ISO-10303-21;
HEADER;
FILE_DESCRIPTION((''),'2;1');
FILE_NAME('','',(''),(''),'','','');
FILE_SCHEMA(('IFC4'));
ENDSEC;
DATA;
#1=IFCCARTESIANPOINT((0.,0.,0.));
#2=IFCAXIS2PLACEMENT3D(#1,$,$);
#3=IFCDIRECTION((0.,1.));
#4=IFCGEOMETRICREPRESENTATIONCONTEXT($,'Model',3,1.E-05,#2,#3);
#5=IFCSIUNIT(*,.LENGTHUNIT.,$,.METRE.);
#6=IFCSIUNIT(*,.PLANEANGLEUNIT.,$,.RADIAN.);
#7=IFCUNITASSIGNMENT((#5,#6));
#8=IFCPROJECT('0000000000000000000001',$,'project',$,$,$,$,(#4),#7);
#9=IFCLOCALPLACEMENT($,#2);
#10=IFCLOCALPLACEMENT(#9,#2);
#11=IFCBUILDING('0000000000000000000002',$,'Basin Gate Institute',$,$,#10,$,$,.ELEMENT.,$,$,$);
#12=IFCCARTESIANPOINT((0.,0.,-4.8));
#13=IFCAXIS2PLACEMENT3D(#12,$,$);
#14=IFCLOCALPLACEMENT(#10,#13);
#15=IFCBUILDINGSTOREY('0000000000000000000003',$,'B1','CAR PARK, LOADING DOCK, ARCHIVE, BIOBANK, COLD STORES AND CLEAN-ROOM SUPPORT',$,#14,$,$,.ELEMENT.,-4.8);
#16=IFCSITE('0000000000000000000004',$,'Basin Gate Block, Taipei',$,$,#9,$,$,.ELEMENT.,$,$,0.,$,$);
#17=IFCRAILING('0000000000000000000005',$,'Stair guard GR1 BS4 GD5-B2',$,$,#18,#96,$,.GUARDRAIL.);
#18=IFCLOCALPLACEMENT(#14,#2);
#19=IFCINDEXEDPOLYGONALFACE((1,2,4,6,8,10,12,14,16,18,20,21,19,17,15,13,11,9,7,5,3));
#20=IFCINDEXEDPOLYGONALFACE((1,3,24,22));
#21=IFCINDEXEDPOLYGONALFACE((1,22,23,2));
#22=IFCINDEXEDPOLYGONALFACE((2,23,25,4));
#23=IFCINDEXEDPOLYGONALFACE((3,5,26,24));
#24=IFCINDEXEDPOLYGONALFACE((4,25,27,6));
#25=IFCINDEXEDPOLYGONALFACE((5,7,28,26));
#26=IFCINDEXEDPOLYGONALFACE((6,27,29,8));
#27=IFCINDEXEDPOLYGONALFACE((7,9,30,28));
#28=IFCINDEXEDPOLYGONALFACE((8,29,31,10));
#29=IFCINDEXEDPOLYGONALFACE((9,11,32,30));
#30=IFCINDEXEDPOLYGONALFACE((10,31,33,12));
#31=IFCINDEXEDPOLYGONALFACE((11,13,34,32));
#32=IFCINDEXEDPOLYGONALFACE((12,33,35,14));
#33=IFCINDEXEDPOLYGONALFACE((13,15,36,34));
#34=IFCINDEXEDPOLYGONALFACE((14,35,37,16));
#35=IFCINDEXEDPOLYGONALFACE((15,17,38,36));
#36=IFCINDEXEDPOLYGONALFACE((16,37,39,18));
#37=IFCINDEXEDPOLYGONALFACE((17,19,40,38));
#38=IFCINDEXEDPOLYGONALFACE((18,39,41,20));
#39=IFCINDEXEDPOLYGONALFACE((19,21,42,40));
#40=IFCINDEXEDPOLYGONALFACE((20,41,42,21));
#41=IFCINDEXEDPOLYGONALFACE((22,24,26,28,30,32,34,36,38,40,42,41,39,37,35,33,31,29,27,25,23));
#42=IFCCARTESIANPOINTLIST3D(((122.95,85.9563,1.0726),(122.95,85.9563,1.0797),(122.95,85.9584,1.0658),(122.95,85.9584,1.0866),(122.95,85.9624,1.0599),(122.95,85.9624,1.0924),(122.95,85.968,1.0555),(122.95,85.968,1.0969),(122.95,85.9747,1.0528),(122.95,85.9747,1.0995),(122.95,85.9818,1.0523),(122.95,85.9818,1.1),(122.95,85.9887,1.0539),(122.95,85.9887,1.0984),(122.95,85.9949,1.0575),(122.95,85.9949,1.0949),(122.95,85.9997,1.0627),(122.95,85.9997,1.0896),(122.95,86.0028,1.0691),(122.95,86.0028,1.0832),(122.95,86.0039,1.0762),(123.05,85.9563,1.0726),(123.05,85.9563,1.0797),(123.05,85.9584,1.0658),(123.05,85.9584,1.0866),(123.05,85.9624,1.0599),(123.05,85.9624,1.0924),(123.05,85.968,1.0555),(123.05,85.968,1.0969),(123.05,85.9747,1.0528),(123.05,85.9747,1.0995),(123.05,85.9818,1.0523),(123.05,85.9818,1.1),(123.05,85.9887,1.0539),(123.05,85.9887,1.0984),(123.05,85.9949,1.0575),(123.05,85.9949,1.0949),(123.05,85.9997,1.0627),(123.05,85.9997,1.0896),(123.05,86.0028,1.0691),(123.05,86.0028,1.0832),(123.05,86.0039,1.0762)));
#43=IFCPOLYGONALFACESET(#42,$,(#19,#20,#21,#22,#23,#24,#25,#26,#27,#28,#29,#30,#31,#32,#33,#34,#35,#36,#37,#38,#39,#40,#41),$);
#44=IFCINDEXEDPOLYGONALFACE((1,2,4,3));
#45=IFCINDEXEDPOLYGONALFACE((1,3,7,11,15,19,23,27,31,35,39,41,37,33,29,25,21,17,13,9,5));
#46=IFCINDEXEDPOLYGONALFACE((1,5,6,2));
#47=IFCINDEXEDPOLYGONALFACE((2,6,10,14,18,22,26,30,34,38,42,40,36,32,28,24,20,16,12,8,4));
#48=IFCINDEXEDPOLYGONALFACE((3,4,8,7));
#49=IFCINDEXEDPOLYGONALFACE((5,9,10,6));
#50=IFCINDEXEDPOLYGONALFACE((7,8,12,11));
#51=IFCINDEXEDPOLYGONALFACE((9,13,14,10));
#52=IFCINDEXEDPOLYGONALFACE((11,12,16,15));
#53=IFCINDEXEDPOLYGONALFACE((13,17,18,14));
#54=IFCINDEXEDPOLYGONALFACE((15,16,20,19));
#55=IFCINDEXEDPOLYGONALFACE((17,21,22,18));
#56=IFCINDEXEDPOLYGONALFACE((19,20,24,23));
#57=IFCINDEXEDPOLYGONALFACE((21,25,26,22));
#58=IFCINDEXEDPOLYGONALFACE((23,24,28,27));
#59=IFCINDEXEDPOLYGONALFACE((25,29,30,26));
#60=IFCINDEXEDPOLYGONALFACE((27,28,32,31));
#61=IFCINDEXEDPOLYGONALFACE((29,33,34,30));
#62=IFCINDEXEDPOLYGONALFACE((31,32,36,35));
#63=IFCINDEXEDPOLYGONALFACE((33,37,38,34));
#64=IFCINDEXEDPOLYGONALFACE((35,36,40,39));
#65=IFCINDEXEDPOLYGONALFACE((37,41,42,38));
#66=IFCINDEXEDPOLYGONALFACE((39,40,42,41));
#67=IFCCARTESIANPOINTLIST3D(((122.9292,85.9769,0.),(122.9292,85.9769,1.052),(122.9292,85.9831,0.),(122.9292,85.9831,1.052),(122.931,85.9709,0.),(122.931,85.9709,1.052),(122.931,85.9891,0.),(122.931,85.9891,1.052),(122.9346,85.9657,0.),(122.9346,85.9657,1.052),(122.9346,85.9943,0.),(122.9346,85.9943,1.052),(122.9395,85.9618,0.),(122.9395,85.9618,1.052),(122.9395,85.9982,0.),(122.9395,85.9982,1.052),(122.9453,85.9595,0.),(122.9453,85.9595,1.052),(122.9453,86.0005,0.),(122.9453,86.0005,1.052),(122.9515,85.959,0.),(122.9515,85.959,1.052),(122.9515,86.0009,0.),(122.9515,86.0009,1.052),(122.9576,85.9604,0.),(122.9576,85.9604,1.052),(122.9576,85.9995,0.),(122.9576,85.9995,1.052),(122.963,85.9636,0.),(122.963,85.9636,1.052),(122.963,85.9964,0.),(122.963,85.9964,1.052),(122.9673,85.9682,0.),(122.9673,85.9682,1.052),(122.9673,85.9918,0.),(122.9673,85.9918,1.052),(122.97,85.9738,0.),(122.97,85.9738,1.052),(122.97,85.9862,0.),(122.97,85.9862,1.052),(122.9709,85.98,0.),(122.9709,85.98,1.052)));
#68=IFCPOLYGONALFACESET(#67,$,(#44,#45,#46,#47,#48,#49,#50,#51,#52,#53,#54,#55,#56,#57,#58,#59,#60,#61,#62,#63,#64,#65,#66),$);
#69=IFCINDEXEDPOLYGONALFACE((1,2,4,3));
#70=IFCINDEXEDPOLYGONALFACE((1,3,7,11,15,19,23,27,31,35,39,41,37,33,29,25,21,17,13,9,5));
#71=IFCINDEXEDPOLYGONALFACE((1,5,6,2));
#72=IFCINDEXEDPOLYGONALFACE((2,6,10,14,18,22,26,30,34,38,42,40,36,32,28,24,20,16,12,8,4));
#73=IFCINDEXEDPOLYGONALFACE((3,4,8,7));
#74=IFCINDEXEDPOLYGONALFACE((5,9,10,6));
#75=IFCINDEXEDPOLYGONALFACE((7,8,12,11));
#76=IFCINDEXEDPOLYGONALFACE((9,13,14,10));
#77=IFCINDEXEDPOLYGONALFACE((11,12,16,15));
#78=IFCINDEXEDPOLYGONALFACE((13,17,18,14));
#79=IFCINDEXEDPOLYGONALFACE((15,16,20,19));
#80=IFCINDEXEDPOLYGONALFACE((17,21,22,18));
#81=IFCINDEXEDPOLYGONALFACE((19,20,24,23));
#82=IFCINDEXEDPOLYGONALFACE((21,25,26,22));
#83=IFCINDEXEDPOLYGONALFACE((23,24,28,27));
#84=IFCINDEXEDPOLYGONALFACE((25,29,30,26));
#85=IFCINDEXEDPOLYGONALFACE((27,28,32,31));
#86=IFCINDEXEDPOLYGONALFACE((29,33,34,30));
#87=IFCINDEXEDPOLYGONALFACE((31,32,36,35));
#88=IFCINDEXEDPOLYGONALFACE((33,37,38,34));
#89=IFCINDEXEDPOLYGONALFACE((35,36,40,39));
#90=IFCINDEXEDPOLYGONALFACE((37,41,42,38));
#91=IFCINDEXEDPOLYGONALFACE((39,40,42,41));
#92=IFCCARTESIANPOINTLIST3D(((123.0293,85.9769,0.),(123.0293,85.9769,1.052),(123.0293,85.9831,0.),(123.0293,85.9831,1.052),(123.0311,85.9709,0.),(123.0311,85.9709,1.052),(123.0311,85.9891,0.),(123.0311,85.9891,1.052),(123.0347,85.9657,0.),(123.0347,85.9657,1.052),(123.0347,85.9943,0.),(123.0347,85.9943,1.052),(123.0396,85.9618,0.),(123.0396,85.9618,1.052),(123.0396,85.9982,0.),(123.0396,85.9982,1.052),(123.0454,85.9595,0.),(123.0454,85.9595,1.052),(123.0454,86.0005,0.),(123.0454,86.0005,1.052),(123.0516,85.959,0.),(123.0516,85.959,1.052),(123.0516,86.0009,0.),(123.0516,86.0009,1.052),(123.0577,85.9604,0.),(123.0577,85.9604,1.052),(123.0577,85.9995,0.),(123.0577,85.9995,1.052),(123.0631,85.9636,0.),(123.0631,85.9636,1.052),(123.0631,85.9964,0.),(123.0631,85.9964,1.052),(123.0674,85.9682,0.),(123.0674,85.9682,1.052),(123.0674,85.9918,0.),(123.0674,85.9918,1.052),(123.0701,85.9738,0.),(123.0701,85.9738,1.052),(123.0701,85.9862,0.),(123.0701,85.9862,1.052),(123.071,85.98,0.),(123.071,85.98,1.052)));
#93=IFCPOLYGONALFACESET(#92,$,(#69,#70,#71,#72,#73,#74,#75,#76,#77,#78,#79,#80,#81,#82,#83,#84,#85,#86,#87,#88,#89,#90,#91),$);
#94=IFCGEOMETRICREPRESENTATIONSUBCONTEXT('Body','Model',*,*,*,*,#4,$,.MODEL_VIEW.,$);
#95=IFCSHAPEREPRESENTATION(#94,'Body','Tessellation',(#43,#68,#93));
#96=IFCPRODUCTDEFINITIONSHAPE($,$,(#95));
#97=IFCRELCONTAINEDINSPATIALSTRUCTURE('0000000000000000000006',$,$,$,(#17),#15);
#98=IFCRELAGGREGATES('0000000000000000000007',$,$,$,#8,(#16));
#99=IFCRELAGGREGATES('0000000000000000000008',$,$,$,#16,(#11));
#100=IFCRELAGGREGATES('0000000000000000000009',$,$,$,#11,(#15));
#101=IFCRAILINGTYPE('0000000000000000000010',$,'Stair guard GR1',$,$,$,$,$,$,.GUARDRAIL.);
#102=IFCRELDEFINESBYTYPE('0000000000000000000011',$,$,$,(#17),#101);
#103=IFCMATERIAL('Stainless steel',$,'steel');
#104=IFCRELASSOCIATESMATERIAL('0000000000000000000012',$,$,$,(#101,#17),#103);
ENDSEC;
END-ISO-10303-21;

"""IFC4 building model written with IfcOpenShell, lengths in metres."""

from ifc_helpers import new_model, si_unit, direction, frame, origin, origin_2d, place, context, subcontext, project, spatial, circle, extrude, material, type_object, element, save


model = new_model("IFC4")

# Units and contexts
model_context = context("Model", 3, precision=1e-05, world=origin(), true_north=direction((0.0, 1.0)))
body_context = subcontext(model_context, "Body", "Model", "MODEL_VIEW")
ifc_project = project(units=[si_unit("LENGTHUNIT", "METRE"), si_unit("PLANEANGLEUNIT", "RADIAN")], contexts=[model_context])

# Site, building, storey
site_placement = place(None, origin())
site = spatial("IfcSite", under=ifc_project, at=site_placement, Name="Basin Gate Block, Taipei", CompositionType="ELEMENT", RefElevation=0.0)
building_placement = place(site_placement, origin())
building = spatial("IfcBuilding", under=site, at=building_placement, Name="Basin Gate Institute", CompositionType="ELEMENT")
storey_placement = place(building_placement, frame((0.0, 0.0, -4.8)))
storey = spatial("IfcBuildingStorey", under=building, at=storey_placement, Name="B1", Description="CAR PARK, LOADING DOCK, ARCHIVE, BIOBANK, COLD STORES AND CLEAN-ROOM SUPPORT", CompositionType="ELEMENT", Elevation=-4.8)

# Railing
ifc_material_1 = material(Name="Stainless steel", Category="steel")
railing_type_1 = type_object("IfcRailingType", Name="Stair guard GR1", PredefinedType="GUARDRAIL", material=ifc_material_1)
railing_1_placement = place(storey_placement, frame((122.95, 85.98, 0.0)))
element("IfcRailing", 1, at=railing_1_placement, inside=storey, type_object=railing_type_1, material=ifc_material_1, Name="Stair guard GR1 BS4 GD5-B2", PredefinedType="GUARDRAIL", context=body_context, shape_type="SweptSolid", body=[
    extrude(circle(Radius=0.0239, at=origin_2d()), frame((0.0, 0.0, 1.0762), z_axis=(1.0, 0.0, 0.0), x_axis=(0.0, 1.0, 0.0)), (0.0, 0.0, 1.0), 0.1001),
    extrude(circle(Radius=0.021, at=origin_2d()), origin(), (0.0, 0.0, 1.0), 1.052),
    extrude(circle(Radius=0.021, at=origin_2d()), frame((0.1001, 0.0, 0.0)), (0.0, 0.0, 1.0), 1.052),
])

save(model, "model.ifc")
